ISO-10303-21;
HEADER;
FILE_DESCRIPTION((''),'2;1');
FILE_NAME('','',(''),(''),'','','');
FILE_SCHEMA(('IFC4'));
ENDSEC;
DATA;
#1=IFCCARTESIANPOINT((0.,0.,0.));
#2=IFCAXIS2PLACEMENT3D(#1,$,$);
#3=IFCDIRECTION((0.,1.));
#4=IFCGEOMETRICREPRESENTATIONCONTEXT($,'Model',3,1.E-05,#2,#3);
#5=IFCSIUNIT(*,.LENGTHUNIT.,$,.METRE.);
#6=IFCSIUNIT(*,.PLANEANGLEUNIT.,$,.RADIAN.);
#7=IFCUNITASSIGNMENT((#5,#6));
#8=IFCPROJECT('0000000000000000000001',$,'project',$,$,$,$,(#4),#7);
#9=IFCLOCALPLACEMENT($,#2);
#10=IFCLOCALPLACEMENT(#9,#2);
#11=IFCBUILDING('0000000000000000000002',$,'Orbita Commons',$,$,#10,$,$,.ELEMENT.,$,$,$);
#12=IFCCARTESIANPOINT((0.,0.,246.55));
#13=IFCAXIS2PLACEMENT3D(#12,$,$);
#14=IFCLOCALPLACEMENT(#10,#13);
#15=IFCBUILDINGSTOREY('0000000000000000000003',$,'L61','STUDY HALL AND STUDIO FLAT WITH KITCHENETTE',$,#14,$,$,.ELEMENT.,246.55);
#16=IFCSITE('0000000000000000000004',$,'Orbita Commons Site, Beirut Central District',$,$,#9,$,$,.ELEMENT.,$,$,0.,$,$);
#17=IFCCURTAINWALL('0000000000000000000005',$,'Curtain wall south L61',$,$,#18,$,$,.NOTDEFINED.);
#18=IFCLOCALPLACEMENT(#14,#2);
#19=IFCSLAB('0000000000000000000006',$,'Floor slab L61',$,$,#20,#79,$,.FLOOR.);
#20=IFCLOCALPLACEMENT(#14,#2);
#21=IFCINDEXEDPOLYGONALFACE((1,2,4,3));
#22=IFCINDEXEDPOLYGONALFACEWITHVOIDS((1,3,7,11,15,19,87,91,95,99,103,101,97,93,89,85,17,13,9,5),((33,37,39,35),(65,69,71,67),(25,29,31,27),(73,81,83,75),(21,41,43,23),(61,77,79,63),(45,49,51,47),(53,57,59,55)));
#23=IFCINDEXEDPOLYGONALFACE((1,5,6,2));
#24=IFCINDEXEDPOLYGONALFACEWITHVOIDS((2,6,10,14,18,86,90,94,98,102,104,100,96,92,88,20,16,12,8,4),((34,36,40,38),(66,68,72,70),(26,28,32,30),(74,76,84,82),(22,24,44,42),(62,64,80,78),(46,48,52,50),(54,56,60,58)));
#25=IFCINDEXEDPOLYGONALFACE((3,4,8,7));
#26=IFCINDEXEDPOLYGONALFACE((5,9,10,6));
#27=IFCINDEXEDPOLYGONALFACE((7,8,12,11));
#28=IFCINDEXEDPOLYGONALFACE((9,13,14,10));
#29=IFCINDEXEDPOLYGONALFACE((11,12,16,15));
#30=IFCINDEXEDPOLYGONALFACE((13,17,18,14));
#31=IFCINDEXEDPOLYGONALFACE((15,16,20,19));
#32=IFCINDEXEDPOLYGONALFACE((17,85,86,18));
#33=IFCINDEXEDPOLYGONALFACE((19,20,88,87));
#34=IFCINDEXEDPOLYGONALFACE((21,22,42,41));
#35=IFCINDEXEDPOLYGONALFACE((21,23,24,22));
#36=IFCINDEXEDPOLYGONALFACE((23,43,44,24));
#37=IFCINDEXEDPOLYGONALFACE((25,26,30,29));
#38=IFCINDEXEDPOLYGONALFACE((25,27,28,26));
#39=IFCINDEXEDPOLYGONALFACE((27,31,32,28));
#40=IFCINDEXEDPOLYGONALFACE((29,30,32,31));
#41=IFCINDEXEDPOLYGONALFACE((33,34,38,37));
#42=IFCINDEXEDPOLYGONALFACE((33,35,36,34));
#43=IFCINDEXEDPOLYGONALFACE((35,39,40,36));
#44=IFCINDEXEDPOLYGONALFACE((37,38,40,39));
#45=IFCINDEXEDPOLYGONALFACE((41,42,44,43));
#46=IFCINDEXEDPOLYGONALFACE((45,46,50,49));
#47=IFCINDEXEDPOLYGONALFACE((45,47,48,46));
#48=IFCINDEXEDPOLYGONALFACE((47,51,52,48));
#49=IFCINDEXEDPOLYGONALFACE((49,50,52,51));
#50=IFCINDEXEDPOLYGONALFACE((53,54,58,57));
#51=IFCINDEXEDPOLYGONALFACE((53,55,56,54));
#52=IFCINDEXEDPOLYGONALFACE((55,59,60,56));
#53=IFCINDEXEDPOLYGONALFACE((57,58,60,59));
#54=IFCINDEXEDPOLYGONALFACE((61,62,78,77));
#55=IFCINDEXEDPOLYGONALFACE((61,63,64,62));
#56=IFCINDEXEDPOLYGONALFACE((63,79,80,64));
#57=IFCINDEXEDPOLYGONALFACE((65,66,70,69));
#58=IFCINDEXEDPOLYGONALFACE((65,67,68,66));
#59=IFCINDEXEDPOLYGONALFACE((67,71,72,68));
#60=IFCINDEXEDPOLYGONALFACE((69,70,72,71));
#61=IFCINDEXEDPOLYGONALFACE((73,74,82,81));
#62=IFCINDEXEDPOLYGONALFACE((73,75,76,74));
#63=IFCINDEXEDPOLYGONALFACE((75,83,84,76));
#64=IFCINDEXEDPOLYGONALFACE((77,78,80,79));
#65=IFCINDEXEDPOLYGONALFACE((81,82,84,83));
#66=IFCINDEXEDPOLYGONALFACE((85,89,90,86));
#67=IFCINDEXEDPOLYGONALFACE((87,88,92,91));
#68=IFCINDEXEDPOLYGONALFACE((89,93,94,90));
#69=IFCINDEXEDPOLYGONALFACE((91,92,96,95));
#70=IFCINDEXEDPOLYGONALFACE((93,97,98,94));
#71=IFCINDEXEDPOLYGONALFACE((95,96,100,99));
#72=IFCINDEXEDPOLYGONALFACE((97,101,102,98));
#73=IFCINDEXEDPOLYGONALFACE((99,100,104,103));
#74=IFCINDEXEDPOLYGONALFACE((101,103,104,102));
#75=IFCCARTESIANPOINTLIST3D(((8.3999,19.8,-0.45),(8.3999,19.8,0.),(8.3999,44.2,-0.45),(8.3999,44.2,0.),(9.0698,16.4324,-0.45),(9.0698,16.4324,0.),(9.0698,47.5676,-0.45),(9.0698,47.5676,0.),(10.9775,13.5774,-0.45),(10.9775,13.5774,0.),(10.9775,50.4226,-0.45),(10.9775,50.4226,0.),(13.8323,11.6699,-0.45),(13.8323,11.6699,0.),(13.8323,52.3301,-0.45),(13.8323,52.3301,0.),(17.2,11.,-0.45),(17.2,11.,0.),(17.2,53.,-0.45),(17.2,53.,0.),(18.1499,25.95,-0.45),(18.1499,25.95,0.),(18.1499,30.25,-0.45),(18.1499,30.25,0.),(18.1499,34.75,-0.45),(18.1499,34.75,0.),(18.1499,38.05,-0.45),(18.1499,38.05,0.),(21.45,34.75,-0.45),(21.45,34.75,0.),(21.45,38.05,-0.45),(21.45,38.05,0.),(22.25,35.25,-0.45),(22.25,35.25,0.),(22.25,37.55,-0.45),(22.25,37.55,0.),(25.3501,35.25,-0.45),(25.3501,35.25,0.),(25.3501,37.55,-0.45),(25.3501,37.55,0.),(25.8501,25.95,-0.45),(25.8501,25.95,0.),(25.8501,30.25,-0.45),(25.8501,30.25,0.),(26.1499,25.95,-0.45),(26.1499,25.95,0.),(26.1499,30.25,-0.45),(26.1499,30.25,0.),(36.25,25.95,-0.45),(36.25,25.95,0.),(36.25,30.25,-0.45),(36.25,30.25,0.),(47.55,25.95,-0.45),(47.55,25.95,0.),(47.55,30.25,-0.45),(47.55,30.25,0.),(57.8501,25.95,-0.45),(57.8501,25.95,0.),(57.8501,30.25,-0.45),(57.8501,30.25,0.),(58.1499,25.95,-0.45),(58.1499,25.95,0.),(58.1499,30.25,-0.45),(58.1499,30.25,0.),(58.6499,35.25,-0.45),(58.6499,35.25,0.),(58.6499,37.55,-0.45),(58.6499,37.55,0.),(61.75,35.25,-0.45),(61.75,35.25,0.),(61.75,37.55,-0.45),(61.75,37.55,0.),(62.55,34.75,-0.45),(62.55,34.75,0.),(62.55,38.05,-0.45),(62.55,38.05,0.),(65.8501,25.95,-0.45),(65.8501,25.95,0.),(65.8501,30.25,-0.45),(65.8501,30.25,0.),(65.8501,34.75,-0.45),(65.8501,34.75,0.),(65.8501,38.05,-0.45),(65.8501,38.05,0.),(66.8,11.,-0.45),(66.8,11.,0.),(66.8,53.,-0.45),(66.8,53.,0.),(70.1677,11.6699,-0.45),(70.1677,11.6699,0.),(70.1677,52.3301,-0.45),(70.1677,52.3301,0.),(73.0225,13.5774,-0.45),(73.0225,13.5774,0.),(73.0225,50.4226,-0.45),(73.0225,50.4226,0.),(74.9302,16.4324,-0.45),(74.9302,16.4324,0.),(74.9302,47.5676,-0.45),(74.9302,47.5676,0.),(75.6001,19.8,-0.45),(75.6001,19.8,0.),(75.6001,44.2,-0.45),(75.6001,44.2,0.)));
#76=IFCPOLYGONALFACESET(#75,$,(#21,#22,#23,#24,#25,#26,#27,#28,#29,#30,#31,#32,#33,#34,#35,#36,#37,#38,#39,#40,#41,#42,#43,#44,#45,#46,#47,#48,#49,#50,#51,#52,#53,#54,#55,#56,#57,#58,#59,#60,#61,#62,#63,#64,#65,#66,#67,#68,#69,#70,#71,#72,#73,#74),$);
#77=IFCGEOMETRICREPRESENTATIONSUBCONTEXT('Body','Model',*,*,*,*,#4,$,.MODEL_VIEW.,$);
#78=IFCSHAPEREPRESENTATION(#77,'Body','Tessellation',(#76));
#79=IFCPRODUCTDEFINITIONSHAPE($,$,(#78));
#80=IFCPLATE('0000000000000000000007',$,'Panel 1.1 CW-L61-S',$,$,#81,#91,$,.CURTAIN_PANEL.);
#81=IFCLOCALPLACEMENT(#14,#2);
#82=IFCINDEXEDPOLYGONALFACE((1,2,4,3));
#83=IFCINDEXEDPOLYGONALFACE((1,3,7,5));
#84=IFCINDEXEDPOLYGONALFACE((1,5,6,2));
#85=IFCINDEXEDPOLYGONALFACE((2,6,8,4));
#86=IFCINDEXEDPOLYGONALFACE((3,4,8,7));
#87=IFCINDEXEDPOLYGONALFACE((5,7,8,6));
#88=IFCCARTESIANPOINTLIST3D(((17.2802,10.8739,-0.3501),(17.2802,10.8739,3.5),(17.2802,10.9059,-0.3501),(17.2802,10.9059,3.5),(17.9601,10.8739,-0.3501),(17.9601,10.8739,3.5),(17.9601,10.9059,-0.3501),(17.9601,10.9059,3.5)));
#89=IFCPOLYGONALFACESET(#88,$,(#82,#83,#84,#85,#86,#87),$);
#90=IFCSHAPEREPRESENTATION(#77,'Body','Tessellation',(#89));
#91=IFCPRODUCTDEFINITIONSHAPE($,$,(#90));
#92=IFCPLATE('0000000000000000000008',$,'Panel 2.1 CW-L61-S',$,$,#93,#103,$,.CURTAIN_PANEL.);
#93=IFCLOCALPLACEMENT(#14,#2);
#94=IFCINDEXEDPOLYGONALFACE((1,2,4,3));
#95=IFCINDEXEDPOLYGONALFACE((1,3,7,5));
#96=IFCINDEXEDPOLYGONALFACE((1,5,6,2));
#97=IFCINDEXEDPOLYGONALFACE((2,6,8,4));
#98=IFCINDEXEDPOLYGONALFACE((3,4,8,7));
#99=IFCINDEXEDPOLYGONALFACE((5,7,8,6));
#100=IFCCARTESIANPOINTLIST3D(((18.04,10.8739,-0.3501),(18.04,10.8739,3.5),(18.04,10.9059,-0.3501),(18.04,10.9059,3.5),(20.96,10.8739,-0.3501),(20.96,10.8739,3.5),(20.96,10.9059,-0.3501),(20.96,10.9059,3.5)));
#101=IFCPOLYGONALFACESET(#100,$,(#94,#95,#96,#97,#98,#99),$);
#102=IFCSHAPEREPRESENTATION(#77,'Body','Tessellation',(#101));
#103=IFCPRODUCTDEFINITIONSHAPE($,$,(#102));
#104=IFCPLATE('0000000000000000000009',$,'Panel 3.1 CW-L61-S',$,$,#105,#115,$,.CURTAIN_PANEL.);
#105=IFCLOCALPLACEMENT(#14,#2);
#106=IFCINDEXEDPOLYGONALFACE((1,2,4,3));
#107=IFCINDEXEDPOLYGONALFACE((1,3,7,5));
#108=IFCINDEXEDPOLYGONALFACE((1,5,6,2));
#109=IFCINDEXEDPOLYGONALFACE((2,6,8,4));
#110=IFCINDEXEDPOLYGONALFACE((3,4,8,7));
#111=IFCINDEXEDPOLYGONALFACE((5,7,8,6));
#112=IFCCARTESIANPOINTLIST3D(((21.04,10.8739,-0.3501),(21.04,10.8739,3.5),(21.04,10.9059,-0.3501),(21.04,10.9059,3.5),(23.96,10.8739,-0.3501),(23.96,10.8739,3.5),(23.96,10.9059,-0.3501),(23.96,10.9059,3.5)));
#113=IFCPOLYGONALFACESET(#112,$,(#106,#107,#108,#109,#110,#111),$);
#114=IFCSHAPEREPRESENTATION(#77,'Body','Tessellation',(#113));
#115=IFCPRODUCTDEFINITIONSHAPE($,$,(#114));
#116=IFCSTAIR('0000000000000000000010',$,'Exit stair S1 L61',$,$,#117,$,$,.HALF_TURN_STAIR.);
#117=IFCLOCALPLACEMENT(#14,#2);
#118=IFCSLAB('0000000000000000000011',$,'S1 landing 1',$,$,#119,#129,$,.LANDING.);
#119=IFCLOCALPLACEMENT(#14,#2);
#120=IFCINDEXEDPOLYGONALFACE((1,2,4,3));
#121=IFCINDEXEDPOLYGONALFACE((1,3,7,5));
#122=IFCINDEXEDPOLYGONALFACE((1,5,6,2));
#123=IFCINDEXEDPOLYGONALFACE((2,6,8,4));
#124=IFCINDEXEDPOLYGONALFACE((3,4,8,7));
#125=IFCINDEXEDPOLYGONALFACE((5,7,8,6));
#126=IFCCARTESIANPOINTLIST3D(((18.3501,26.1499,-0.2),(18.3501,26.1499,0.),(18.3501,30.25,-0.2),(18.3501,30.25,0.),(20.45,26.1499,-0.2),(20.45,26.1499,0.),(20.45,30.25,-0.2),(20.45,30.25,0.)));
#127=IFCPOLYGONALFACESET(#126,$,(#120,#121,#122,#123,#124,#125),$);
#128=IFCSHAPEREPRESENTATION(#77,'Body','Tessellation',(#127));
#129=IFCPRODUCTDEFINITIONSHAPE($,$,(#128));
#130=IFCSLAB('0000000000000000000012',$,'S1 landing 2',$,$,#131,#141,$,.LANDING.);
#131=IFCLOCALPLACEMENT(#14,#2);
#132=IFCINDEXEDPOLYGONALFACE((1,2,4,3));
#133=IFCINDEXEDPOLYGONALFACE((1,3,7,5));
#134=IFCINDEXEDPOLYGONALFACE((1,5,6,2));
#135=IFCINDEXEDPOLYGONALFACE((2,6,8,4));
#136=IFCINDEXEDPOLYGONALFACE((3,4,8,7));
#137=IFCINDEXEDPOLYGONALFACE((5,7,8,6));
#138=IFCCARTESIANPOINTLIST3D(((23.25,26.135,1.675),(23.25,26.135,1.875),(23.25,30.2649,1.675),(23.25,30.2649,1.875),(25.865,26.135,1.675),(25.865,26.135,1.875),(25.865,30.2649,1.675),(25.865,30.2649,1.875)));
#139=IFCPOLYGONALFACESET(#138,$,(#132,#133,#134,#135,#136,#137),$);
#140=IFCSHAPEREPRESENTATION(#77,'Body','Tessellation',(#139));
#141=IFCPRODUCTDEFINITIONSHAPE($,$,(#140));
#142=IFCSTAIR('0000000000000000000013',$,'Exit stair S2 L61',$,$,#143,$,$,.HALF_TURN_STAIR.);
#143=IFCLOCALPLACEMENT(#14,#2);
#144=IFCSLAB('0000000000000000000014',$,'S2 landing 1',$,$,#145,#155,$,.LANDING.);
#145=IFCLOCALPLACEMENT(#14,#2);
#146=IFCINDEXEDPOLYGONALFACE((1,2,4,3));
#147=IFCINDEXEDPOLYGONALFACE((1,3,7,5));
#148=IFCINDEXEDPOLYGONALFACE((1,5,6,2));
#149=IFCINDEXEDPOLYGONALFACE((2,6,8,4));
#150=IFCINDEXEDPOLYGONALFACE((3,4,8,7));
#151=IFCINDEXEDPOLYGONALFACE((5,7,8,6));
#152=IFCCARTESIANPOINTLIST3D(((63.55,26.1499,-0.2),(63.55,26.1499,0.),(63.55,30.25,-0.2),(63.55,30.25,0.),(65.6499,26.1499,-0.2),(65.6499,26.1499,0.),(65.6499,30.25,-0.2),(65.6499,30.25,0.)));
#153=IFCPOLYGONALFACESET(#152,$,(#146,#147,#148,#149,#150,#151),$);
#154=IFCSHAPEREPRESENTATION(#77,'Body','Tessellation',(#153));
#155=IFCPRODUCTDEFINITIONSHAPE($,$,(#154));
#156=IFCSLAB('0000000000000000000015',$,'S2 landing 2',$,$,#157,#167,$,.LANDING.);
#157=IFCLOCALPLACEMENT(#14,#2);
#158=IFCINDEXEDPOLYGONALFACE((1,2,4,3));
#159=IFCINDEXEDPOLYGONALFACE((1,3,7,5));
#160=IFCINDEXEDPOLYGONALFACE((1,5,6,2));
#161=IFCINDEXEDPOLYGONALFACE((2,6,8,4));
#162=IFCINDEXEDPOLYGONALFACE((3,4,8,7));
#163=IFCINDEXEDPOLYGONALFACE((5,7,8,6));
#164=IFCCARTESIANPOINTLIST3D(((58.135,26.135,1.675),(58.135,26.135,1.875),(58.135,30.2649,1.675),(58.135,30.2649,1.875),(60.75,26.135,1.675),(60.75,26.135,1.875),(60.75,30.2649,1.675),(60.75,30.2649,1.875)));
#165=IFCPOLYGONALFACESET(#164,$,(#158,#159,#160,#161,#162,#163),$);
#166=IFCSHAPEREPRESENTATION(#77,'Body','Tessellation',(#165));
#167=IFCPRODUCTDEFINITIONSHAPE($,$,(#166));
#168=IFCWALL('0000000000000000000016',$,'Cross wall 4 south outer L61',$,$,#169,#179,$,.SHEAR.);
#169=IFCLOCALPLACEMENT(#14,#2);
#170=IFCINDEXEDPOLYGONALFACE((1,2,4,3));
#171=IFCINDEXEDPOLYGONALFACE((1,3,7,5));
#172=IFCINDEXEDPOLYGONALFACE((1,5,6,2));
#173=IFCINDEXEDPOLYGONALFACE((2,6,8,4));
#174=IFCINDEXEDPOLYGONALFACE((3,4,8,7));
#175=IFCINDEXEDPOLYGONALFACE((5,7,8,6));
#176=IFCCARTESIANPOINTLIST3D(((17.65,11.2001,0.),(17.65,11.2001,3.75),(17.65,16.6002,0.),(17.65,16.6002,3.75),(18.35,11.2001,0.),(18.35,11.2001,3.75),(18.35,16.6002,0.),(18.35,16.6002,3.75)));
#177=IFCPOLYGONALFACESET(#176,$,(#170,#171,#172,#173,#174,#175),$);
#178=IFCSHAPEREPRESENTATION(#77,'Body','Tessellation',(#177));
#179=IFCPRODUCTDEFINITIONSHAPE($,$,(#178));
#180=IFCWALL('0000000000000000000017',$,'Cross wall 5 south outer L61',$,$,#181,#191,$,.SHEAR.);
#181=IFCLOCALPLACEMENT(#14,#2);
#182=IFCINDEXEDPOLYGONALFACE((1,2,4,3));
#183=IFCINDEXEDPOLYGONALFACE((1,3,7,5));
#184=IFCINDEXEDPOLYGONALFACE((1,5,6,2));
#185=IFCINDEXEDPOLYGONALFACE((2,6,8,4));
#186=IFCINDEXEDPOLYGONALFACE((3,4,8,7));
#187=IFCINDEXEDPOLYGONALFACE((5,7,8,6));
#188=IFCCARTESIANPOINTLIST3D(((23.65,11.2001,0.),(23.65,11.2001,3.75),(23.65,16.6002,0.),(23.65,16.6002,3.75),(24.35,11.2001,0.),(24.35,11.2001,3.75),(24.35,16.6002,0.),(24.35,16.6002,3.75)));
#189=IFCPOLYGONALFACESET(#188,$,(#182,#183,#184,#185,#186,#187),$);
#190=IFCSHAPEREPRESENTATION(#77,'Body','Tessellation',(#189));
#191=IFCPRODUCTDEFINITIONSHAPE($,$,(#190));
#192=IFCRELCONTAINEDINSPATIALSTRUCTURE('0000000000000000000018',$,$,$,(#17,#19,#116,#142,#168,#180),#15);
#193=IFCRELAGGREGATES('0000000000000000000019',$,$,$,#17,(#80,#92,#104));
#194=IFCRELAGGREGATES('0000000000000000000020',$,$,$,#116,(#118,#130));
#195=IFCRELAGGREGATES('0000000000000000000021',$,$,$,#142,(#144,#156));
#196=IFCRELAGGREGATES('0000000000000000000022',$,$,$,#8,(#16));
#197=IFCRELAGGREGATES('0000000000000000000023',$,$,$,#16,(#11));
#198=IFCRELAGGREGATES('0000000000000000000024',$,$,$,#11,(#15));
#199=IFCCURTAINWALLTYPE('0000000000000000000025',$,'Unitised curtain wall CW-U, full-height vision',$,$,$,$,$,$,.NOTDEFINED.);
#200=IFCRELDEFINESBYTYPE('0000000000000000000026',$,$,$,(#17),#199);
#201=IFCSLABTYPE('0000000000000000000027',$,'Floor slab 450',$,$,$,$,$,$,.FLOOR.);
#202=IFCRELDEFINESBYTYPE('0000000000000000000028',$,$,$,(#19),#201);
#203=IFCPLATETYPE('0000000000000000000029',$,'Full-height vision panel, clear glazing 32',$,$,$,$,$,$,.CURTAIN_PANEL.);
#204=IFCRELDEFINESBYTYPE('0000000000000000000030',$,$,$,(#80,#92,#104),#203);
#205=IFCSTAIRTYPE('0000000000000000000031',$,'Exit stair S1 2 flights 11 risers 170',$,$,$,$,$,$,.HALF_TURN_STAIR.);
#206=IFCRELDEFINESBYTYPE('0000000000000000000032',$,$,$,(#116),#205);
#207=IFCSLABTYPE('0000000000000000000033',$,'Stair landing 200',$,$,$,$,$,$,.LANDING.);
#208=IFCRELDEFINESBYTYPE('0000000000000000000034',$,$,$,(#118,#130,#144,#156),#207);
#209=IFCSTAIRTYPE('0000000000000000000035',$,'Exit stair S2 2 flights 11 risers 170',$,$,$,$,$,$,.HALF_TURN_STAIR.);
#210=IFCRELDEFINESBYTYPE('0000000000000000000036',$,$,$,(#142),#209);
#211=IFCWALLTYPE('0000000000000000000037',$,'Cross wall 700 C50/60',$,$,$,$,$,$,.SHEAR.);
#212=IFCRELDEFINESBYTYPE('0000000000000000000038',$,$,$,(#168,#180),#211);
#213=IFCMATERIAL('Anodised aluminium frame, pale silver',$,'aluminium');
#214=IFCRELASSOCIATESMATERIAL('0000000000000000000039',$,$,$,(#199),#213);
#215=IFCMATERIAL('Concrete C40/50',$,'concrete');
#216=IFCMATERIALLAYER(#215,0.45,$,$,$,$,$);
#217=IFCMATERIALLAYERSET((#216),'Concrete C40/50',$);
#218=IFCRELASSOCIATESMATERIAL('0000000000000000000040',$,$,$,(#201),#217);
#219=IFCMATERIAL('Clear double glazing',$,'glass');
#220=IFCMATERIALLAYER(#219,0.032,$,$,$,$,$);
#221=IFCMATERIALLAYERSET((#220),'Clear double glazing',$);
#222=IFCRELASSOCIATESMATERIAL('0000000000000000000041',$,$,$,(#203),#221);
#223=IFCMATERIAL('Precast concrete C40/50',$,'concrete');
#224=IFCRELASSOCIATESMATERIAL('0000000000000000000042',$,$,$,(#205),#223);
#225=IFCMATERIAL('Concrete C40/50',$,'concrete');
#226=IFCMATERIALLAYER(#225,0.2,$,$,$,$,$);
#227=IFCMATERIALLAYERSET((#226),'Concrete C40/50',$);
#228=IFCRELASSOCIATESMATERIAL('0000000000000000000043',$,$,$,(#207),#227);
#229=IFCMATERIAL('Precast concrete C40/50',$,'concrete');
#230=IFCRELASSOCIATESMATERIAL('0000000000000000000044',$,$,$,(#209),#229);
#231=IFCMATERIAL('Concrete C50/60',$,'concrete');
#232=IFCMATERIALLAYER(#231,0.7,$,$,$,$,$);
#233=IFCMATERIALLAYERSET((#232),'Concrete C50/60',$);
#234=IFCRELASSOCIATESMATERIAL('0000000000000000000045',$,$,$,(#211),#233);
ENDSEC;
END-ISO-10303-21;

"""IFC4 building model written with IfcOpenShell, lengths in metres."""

from ifc_helpers import new_model, si_unit, direction, frame, frame_2d, origin, origin_2d, place, context, subcontext, project, spatial, polyline, rectangle, outline, extrude, material, layer, layer_set, type_object, element, aggregate, save


model = new_model("IFC4")

# Units and contexts
model_context = context("Model", 3, precision=1e-05, world=origin(), true_north=direction((0.0, 1.0)))
body_context = subcontext(model_context, "Body", "Model", "MODEL_VIEW")
ifc_project = project(units=[si_unit("LENGTHUNIT", "METRE"), si_unit("PLANEANGLEUNIT", "RADIAN")], contexts=[model_context])

# Site, building, storey
site_placement = place(None, origin())
site = spatial("IfcSite", under=ifc_project, at=site_placement, Name="Orbita Commons Site, Beirut Central District", CompositionType="ELEMENT", RefElevation=0.0)
building_placement = place(site_placement, origin())
building = spatial("IfcBuilding", under=site, at=building_placement, Name="Orbita Commons", CompositionType="ELEMENT")
storey_placement = place(building_placement, frame((0.0, 0.0, 246.55)))
storey = spatial("IfcBuildingStorey", under=building, at=storey_placement, Name="L61", Description="STUDY HALL AND STUDIO FLAT WITH KITCHENETTE", CompositionType="ELEMENT", Elevation=246.55)

# Curtain wall
ifc_material_1 = material(Name="Anodised aluminium frame, pale silver", Category="aluminium")
curtain_wall_type = type_object("IfcCurtainWallType", Name="Unitised curtain wall CW-U, full-height vision", PredefinedType="NOTDEFINED", material=ifc_material_1)
curtain_wall_placement = place(storey_placement, origin())
curtain_wall = element("IfcCurtainWall", 1, at=curtain_wall_placement, inside=storey, type_object=curtain_wall_type, Name="Curtain wall south L61", PredefinedType="NOTDEFINED")

# Slab
ifc_material_2 = material(Name="Concrete C40/50", Category="concrete")
ifc_layer_1 = layer(ifc_material_2, 0.45)
ifc_layer_set_1 = layer_set([ifc_layer_1], Name="Concrete C40/50")
slab_type_1 = type_object("IfcSlabType", Name="Floor slab 450", PredefinedType="FLOOR", material=ifc_layer_set_1)
slab_1_placement = place(storey_placement, frame((0.0, 0.0, -0.45)))
element("IfcSlab", 2, at=slab_1_placement, inside=storey, type_object=slab_type_1, Name="Floor slab L61", PredefinedType="FLOOR", context=body_context, shape_type="SweptSolid", body=[
    extrude(outline(polyline([(66.8, 11.0), (70.1677, 11.6699), (73.0225, 13.5774), (74.9302, 16.4324), (75.6001, 19.8), (75.6001, 44.2), (74.9302, 47.5676), (73.0225, 50.4226), (70.1677, 52.3301), (66.8, 53.0), (17.2, 53.0), (13.8323, 52.3301), (10.9775, 50.4226), (9.0698, 47.5676), (8.3999, 44.2), (8.3999, 19.8), (9.0698, 16.4324), (10.9775, 13.5774), (13.8323, 11.6699), (17.2, 11.0), (66.8, 11.0)]), holes=[polyline([(18.1499, 25.95), (25.8501, 25.95), (25.8501, 30.25), (18.1499, 30.25), (18.1499, 25.95)]), polyline([(58.1499, 25.95), (65.8501, 25.95), (65.8501, 30.25), (58.1499, 30.25), (58.1499, 25.95)]), polyline([(18.1499, 34.75), (21.45, 34.75), (21.45, 38.05), (18.1499, 38.05), (18.1499, 34.75)]), polyline([(62.55, 34.75), (65.8501, 34.75), (65.8501, 38.05), (62.55, 38.05), (62.55, 34.75)]), polyline([(22.25, 35.25), (25.3501, 35.25), (25.3501, 37.55), (22.25, 37.55), (22.25, 35.25)]), polyline([(58.6499, 35.25), (61.75, 35.25), (61.75, 37.55), (58.6499, 37.55), (58.6499, 35.25)]), polyline([(26.1499, 25.95), (36.25, 25.95), (36.25, 30.25), (26.1499, 30.25), (26.1499, 25.95)]), polyline([(47.55, 25.95), (57.8501, 25.95), (57.8501, 30.25), (47.55, 30.25), (47.55, 25.95)])]), origin(), (0.0, 0.0, 1.0), 0.45),
])

# Plates
ifc_material_3 = material(Name="Clear double glazing", Category="glass")
ifc_layer_2 = layer(ifc_material_3, 0.032)
ifc_layer_set_2 = layer_set([ifc_layer_2], Name="Clear double glazing")
plate_type = type_object("IfcPlateType", Name="Full-height vision panel, clear glazing 32", PredefinedType="CURTAIN_PANEL", material=ifc_layer_set_2)
plate_1_placement = place(storey_placement, frame((17.6201, 10.8899, -0.3501), z_axis=(0.0, 0.0, 1.0), x_axis=(1.0, 0.0, 0.0)))
plate_1 = element("IfcPlate", 3, at=plate_1_placement, type_object=plate_type, Name="Panel 1.1 CW-L61-S", PredefinedType="CURTAIN_PANEL", context=body_context, shape_type="SweptSolid", body=[
    extrude(rectangle(XDim=0.6799, YDim=0.032, at=origin_2d()), origin(), (0.0, 0.0, 1.0), 3.8501),
])
plate_2_placement = place(storey_placement, frame((19.5, 10.8899, -0.3501), z_axis=(0.0, 0.0, 1.0), x_axis=(1.0, 0.0, 0.0)))
plate_2 = element("IfcPlate", 4, at=plate_2_placement, type_object=plate_type, Name="Panel 2.1 CW-L61-S", PredefinedType="CURTAIN_PANEL", context=body_context, shape_type="SweptSolid", body=[
    extrude(rectangle(XDim=2.9199, YDim=0.032, at=origin_2d()), origin(), (0.0, 0.0, 1.0), 3.8501),
])
plate_3_placement = place(storey_placement, frame((22.5, 10.8899, -0.3501), z_axis=(0.0, 0.0, 1.0), x_axis=(1.0, 0.0, 0.0)))
plate_3 = element("IfcPlate", 5, at=plate_3_placement, type_object=plate_type, Name="Panel 3.1 CW-L61-S", PredefinedType="CURTAIN_PANEL", context=body_context, shape_type="SweptSolid", body=[
    extrude(rectangle(XDim=2.9199, YDim=0.032, at=origin_2d()), origin(), (0.0, 0.0, 1.0), 3.8501),
])
aggregate(curtain_wall, [plate_1, plate_2, plate_3])

# Stairs, slabs
ifc_material_4 = material(Name="Precast concrete C40/50", Category="concrete")
stair_type_1 = type_object("IfcStairType", Name="Exit stair S1 2 flights 11 risers 170", PredefinedType="HALF_TURN_STAIR", material=ifc_material_4)
stair_1_placement = place(storey_placement, origin())
stair_1 = element("IfcStair", 6, at=stair_1_placement, inside=storey, type_object=stair_type_1, Name="Exit stair S1 L61", PredefinedType="HALF_TURN_STAIR")
ifc_material_5 = material(Name="Concrete C40/50", Category="concrete")
ifc_layer_3 = layer(ifc_material_5, 0.2)
ifc_layer_set_3 = layer_set([ifc_layer_3], Name="Concrete C40/50")
slab_type_2 = type_object("IfcSlabType", Name="Stair landing 200", PredefinedType="LANDING", material=ifc_layer_set_3)
slab_2_placement = place(storey_placement, frame((0.0, 0.0, -0.2)))
slab_2 = element("IfcSlab", 7, at=slab_2_placement, type_object=slab_type_2, Name="S1 landing 1", PredefinedType="LANDING", context=body_context, shape_type="SweptSolid", body=[
    extrude(outline(polyline([(18.3501, 26.1499), (20.45, 26.1499), (20.45, 30.25), (18.3501, 30.25), (18.3501, 26.1499)])), origin(), (0.0, 0.0, 1.0), 0.2),
])
slab_3_placement = place(storey_placement, frame((0.0, 0.0, 1.675)))
slab_3 = element("IfcSlab", 8, at=slab_3_placement, type_object=slab_type_2, Name="S1 landing 2", PredefinedType="LANDING", context=body_context, shape_type="SweptSolid", body=[
    extrude(outline(polyline([(23.25, 26.135), (25.865, 26.135), (25.865, 30.2649), (23.25, 30.2649), (23.25, 26.135)])), origin(), (0.0, 0.0, 1.0), 0.2),
])
aggregate(stair_1, [slab_2, slab_3])
ifc_material_6 = material(Name="Precast concrete C40/50", Category="concrete")
stair_type_2 = type_object("IfcStairType", Name="Exit stair S2 2 flights 11 risers 170", PredefinedType="HALF_TURN_STAIR", material=ifc_material_6)
stair_2_placement = place(storey_placement, origin())
stair_2 = element("IfcStair", 9, at=stair_2_placement, inside=storey, type_object=stair_type_2, Name="Exit stair S2 L61", PredefinedType="HALF_TURN_STAIR")
slab_4_placement = place(storey_placement, frame((0.0, 0.0, -0.2)))
slab_4 = element("IfcSlab", 10, at=slab_4_placement, type_object=slab_type_2, Name="S2 landing 1", PredefinedType="LANDING", context=body_context, shape_type="SweptSolid", body=[
    extrude(outline(polyline([(63.55, 26.1499), (65.6499, 26.1499), (65.6499, 30.25), (63.55, 30.25), (63.55, 26.1499)])), origin(), (0.0, 0.0, 1.0), 0.2),
])
slab_5_placement = place(storey_placement, frame((0.0, 0.0, 1.675)))
slab_5 = element("IfcSlab", 11, at=slab_5_placement, type_object=slab_type_2, Name="S2 landing 2", PredefinedType="LANDING", context=body_context, shape_type="SweptSolid", body=[
    extrude(outline(polyline([(58.135, 26.135), (60.75, 26.135), (60.75, 30.2649), (58.135, 30.2649), (58.135, 26.135)])), origin(), (0.0, 0.0, 1.0), 0.2),
])
aggregate(stair_2, [slab_4, slab_5])

# Walls
ifc_material_7 = material(Name="Concrete C50/60", Category="concrete")
ifc_layer_4 = layer(ifc_material_7, 0.7)
ifc_layer_set_4 = layer_set([ifc_layer_4], Name="Concrete C50/60")
wall_type_1 = type_object("IfcWallType", Name="Cross wall 700 C50/60", PredefinedType="SHEAR", material=ifc_layer_set_4)
for number, where, z_axis, x_axis, name in (
    (12, (18.0, 11.2, 0.0), (0.0, 0.0, 1.0), (0.0, 1.0, 0.0), "Cross wall 4 south outer L61"),
    (13, (24.0, 11.2, 0.0), (0.0, 0.0, 1.0), (0.0, 1.0, 0.0), "Cross wall 5 south outer L61"),
):
    element("IfcWall", number, at=place(storey_placement, frame(where, z_axis=z_axis, x_axis=x_axis)), inside=storey, type_object=wall_type_1, Name=name, PredefinedType="SHEAR", context=body_context, shape_type="SweptSolid", body=[
        extrude(rectangle(XDim=5.4001, YDim=0.7, at=frame_2d((2.7002, 0.0))), origin(), (0.0, 0.0, 1.0), 3.75),
    ])

save(model, "model.ifc")
